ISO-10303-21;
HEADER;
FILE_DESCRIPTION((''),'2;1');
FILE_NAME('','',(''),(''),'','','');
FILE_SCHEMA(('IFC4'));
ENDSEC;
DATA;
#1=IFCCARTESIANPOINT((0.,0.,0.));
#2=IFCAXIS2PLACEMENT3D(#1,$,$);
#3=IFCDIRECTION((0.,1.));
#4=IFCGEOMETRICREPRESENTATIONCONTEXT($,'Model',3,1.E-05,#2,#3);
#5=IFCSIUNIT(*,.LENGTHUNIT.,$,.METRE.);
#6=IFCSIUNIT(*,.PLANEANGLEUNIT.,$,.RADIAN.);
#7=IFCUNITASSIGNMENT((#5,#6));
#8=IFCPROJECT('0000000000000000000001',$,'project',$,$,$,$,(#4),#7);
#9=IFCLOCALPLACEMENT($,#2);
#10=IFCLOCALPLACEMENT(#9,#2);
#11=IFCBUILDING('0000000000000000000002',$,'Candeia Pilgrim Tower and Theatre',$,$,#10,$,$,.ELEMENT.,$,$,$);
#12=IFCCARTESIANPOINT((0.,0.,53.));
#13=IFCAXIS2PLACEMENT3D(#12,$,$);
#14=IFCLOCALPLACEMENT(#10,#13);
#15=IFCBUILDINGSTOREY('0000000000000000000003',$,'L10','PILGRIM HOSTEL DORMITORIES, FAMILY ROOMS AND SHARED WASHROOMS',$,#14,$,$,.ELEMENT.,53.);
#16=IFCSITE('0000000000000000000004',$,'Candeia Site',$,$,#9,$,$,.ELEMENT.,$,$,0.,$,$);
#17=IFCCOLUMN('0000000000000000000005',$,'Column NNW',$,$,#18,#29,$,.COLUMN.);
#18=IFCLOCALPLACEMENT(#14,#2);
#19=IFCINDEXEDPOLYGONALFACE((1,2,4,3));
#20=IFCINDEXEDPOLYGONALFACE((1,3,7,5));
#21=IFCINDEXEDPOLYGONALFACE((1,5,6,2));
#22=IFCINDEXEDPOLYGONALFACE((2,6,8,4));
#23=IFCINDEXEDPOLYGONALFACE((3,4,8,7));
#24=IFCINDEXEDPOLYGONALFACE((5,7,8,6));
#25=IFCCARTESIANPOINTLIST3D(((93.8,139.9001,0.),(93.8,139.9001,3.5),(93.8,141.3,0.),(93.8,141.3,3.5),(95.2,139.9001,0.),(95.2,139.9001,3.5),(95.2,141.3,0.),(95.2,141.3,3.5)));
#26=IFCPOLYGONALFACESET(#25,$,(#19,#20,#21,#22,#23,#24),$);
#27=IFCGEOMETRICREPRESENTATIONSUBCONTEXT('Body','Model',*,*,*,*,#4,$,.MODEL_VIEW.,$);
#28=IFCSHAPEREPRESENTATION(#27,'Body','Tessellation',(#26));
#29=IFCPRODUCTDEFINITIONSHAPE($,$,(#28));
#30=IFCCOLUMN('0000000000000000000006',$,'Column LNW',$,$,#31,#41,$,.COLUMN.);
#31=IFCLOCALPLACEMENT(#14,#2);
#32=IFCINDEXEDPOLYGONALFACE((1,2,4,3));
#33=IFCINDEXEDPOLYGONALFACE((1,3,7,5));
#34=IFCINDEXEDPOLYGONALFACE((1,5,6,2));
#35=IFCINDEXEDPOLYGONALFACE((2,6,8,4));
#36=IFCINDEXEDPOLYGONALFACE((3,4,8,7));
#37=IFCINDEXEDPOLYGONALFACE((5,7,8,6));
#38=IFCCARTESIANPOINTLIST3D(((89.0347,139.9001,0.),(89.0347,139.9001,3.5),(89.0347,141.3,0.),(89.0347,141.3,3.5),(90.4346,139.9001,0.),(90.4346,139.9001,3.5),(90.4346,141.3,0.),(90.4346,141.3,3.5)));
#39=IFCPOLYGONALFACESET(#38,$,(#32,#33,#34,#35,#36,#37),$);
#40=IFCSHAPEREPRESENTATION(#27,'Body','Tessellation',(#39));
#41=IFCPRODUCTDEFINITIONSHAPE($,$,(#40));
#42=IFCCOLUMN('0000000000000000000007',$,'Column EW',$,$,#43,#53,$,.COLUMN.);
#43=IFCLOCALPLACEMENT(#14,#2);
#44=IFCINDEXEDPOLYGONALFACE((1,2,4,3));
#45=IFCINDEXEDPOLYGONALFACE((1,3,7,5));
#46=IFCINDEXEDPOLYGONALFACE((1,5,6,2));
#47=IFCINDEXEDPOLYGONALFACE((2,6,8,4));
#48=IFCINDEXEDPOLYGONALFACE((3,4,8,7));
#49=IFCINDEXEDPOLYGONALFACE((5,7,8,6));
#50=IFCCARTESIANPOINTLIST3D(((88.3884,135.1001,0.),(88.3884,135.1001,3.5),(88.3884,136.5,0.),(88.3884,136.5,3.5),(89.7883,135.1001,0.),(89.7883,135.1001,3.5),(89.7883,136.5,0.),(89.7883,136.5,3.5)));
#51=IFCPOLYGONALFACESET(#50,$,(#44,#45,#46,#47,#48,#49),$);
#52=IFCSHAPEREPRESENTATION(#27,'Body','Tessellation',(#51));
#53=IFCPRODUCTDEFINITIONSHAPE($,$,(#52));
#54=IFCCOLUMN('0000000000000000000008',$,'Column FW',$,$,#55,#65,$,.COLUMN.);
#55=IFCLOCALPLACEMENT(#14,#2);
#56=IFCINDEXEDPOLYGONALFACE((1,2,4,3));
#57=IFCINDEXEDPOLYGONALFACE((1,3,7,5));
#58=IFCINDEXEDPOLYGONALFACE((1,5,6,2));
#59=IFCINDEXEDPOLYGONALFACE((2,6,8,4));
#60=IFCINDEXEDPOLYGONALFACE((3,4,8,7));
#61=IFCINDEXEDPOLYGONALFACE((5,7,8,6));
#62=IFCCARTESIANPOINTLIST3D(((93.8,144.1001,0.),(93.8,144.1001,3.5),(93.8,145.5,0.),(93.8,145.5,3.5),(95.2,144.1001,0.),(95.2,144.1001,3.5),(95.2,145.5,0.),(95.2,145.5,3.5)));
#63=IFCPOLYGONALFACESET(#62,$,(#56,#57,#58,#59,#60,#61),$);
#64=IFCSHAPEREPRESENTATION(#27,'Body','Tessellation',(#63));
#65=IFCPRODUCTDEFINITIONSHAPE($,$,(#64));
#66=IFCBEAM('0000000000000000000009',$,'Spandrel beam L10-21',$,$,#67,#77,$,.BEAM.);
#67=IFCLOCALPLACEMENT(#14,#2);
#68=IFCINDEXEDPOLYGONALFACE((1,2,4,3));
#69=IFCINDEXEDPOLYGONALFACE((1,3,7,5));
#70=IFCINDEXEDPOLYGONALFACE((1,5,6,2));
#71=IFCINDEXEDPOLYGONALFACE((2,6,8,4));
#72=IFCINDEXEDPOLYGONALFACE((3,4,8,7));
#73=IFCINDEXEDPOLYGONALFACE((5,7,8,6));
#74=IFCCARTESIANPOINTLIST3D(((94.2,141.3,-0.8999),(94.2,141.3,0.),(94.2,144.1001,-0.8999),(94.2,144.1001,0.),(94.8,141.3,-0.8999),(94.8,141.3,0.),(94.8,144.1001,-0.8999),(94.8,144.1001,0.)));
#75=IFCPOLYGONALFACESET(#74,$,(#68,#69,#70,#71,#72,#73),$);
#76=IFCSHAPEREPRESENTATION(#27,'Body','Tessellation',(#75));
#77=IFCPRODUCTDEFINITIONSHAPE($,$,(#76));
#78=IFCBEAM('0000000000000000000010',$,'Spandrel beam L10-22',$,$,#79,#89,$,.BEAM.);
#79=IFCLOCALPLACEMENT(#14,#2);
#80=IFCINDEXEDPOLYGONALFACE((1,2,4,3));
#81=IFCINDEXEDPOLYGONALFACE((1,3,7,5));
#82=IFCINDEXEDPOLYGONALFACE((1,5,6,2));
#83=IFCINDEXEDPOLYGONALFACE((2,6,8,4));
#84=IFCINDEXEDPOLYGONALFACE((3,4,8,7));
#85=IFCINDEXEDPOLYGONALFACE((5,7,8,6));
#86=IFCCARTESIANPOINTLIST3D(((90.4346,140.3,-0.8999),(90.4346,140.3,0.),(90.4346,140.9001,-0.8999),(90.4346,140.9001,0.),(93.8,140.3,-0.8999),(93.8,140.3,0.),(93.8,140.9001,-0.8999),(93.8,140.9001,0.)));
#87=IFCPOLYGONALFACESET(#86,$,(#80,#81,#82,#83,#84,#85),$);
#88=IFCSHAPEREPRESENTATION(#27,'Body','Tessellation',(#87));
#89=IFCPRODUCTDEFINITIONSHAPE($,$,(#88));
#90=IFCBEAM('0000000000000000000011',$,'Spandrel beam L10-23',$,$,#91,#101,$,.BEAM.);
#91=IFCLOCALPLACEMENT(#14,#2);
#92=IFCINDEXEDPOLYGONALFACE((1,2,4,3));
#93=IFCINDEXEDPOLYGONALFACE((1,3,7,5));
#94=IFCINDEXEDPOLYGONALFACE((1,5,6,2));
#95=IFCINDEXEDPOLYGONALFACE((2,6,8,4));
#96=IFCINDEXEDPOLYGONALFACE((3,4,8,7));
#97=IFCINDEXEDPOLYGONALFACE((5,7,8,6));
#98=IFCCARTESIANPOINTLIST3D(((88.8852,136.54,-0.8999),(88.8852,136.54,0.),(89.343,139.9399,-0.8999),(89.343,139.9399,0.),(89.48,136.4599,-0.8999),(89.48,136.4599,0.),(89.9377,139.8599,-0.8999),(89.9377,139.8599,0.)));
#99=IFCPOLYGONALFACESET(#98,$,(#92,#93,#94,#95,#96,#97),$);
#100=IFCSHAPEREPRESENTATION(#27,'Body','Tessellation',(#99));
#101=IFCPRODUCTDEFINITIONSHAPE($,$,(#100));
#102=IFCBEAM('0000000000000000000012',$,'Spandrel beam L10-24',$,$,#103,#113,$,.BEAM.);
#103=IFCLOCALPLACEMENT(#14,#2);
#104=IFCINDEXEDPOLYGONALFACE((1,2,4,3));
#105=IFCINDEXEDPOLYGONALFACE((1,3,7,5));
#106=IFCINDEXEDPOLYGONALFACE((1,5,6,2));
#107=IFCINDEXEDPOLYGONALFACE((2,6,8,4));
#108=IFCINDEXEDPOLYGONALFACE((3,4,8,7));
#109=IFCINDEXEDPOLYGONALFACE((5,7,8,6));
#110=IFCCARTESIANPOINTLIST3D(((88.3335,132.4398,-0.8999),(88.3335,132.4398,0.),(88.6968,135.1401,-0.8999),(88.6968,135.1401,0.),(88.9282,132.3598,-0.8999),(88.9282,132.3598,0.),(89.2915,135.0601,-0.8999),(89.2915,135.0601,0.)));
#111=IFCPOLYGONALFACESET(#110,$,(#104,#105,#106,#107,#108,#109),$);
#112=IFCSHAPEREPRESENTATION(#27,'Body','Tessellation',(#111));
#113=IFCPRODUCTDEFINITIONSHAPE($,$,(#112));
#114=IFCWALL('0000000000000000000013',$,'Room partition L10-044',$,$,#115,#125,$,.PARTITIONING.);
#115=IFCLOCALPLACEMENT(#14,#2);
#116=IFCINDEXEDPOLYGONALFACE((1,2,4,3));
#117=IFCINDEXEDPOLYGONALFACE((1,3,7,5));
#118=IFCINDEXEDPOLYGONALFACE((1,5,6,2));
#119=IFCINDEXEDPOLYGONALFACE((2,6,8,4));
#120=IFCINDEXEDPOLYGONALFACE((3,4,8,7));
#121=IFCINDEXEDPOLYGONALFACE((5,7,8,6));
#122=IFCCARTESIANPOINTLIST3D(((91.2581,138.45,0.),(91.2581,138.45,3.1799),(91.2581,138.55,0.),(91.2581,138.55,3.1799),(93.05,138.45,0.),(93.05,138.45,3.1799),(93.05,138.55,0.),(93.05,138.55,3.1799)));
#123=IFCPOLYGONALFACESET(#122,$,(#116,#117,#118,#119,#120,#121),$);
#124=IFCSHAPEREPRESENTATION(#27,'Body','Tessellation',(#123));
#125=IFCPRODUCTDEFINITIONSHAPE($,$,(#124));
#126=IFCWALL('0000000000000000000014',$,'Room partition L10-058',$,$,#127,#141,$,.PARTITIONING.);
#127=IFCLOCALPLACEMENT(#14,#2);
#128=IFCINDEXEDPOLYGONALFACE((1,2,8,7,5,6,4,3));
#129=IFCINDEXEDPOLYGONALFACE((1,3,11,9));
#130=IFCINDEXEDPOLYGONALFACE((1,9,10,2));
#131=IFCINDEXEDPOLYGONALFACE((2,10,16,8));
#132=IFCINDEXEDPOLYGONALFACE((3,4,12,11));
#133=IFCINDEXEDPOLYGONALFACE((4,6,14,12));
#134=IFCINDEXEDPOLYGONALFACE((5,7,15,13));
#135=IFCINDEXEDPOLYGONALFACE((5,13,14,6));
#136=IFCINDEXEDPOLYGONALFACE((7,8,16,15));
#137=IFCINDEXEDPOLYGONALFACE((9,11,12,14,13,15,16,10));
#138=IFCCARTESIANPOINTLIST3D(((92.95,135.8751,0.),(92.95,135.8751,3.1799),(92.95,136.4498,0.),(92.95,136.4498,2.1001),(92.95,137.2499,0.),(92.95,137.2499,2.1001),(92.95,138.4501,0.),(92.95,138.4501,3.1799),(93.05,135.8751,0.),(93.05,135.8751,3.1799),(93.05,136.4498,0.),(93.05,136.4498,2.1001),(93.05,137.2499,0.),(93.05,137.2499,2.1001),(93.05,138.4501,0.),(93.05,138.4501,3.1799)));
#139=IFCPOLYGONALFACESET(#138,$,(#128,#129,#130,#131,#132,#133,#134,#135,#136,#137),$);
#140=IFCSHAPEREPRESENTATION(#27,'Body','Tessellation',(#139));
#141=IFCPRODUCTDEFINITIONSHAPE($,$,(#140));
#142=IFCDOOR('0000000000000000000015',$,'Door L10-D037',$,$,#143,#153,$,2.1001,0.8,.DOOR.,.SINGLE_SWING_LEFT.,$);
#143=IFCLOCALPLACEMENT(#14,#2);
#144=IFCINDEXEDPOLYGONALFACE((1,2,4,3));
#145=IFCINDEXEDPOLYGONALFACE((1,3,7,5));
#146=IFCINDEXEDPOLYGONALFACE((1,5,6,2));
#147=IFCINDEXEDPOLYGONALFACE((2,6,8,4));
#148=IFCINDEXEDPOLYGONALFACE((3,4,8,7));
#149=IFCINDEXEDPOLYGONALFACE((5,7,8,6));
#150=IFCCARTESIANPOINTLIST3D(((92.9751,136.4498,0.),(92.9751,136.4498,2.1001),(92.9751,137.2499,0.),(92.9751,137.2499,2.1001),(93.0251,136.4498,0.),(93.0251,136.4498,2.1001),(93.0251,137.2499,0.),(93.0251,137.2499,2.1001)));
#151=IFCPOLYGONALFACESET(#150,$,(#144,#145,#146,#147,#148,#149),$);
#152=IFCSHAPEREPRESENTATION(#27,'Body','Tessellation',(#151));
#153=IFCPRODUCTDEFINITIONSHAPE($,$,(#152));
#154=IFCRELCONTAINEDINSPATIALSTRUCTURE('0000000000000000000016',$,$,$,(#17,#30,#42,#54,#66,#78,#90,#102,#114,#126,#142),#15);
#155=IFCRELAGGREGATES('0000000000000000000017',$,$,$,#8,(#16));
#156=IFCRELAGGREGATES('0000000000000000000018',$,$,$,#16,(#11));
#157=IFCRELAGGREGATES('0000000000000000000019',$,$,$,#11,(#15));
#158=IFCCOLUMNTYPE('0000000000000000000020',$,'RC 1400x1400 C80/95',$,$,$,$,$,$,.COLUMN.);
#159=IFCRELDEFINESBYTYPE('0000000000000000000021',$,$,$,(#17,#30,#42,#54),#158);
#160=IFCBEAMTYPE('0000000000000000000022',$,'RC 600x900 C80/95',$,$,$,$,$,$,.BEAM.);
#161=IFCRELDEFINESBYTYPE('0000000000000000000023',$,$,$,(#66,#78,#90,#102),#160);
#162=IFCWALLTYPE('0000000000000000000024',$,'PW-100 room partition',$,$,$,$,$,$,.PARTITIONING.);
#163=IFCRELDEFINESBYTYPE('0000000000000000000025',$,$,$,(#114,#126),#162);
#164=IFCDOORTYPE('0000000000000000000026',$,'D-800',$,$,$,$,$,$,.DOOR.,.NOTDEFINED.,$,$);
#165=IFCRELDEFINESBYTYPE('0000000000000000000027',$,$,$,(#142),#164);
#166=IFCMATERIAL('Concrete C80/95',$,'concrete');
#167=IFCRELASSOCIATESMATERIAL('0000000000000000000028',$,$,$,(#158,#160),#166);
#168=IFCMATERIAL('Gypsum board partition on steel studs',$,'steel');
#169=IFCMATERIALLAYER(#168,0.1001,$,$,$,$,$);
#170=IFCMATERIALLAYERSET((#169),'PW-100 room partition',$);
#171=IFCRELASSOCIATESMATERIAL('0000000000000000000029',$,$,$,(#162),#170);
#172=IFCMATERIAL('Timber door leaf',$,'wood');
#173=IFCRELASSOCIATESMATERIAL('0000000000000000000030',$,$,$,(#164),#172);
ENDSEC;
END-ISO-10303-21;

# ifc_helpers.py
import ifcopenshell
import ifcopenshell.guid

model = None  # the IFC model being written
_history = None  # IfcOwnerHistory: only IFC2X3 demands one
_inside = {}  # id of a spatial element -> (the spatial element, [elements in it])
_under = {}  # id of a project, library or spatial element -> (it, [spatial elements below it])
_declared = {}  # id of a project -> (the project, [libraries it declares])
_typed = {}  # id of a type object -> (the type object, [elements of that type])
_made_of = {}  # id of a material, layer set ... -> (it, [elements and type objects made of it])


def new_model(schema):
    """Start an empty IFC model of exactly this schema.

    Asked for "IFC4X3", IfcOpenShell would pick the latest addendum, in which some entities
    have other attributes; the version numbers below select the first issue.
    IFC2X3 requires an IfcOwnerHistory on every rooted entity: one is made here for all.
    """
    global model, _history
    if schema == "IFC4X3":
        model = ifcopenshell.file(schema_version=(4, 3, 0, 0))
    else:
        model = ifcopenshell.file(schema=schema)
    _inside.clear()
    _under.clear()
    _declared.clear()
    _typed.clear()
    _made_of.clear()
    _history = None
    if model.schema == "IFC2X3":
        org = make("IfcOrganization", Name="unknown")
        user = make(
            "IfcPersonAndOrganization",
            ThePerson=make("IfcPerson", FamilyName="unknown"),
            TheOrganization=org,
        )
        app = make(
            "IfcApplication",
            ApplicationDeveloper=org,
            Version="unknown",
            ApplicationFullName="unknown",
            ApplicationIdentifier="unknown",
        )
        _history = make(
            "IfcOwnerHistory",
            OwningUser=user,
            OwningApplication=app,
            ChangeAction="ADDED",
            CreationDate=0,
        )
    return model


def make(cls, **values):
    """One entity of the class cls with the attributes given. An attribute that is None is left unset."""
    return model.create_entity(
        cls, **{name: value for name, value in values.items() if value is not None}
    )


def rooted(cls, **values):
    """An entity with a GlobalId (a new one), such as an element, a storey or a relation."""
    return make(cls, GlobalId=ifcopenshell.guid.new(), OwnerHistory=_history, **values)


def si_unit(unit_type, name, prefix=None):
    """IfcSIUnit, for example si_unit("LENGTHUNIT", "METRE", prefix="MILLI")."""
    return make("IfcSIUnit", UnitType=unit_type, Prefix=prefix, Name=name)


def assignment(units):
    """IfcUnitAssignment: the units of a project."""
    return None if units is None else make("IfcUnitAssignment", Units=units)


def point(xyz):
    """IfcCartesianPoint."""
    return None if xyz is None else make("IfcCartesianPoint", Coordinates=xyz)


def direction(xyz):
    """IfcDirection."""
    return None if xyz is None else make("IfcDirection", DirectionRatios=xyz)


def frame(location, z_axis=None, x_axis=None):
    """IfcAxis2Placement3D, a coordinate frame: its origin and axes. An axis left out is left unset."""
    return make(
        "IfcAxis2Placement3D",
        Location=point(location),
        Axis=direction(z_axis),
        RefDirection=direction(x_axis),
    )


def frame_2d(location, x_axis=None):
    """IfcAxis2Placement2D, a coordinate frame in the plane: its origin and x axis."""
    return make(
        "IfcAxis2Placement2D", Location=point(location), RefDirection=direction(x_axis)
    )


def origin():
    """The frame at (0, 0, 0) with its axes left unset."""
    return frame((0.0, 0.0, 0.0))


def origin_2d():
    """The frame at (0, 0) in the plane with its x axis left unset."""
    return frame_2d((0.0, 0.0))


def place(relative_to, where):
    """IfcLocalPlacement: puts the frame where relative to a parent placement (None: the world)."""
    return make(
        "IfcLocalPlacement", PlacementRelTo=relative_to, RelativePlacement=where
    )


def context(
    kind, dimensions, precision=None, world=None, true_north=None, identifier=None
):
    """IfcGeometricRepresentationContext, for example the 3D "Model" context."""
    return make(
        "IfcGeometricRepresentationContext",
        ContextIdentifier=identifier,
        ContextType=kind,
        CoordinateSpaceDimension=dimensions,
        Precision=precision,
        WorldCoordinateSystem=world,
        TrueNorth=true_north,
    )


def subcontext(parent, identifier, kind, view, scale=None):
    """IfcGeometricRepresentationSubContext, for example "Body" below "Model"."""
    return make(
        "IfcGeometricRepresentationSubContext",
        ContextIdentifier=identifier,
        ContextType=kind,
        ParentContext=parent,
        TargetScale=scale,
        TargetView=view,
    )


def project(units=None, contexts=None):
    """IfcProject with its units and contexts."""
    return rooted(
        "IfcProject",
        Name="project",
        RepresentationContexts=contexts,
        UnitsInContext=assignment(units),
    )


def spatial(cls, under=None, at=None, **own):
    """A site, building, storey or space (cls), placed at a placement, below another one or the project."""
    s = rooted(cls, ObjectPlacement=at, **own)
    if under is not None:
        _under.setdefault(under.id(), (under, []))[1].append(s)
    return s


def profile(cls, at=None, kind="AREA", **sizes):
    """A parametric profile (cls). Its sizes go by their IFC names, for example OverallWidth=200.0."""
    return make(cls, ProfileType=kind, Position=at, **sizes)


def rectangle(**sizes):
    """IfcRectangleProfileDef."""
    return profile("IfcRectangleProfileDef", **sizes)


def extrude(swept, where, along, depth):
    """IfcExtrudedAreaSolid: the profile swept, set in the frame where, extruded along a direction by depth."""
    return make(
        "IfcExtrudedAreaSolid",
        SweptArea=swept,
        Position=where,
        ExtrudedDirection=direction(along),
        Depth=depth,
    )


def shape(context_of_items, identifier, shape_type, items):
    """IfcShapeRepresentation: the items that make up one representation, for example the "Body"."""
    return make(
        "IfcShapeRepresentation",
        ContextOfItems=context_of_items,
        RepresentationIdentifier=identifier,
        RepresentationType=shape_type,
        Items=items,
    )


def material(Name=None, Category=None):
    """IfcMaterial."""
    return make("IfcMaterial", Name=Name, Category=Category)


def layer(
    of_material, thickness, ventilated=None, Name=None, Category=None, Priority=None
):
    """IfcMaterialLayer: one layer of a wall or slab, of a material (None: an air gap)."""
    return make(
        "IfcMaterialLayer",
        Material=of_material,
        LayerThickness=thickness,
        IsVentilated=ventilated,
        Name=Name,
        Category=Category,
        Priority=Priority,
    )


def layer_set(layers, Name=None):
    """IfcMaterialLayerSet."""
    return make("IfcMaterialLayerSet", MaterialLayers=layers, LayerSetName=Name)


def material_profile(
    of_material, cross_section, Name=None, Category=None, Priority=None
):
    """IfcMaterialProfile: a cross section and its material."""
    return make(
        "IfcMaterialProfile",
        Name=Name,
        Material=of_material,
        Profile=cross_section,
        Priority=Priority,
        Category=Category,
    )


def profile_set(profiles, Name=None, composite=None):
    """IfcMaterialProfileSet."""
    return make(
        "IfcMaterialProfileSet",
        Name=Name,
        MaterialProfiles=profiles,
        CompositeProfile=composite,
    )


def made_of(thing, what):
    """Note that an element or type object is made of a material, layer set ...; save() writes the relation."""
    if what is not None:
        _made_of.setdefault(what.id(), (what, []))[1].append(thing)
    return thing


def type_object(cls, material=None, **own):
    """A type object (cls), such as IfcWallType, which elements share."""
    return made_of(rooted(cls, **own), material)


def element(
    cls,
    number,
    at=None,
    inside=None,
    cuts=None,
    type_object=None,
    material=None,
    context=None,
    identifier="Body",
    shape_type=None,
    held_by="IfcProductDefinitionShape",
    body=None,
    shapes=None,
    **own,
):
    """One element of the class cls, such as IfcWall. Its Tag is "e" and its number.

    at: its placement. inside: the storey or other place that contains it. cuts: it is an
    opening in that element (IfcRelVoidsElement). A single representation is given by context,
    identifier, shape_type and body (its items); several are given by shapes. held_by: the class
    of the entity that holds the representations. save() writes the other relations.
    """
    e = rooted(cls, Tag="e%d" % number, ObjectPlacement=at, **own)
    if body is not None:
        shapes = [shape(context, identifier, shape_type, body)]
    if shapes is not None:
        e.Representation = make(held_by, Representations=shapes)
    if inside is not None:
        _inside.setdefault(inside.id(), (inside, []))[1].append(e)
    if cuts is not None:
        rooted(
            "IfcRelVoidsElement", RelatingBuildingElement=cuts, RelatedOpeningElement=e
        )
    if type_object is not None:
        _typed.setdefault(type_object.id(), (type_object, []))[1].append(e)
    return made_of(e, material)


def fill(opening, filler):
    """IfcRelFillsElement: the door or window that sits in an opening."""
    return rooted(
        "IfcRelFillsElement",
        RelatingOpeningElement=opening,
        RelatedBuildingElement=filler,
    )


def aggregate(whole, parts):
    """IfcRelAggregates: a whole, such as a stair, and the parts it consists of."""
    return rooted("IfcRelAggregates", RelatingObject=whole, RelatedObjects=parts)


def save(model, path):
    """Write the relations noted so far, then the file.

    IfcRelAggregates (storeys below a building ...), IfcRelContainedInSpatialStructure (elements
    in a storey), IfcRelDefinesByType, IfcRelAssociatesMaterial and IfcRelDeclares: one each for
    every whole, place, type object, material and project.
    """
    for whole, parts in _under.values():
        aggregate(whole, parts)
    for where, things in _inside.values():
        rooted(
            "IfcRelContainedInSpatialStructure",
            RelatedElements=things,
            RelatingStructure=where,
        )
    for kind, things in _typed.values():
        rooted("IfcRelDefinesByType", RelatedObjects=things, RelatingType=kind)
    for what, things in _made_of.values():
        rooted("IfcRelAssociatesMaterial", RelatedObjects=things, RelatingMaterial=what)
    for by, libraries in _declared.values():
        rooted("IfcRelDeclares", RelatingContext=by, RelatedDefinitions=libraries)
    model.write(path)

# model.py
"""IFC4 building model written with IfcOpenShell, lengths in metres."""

from ifc_helpers import new_model, si_unit, direction, frame, frame_2d, origin, origin_2d, place, context, subcontext, project, spatial, rectangle, extrude, material, layer, layer_set, material_profile, profile_set, type_object, element, fill, save


model = new_model("IFC4")

# Units and contexts
model_context = context("Model", 3, precision=1e-05, world=origin(), true_north=direction((0.0, 1.0)))
body_context = subcontext(model_context, "Body", "Model", "MODEL_VIEW")
ifc_project = project(units=[si_unit("LENGTHUNIT", "METRE"), si_unit("PLANEANGLEUNIT", "RADIAN")], contexts=[model_context])

# Site, building, storey
site_placement = place(None, origin())
site = spatial("IfcSite", under=ifc_project, at=site_placement, Name="Candeia Site", CompositionType="ELEMENT", RefElevation=0.0)
building_placement = place(site_placement, origin())
building = spatial("IfcBuilding", under=site, at=building_placement, Name="Candeia Pilgrim Tower and Theatre", CompositionType="ELEMENT")
storey_placement = place(building_placement, frame((0.0, 0.0, 53.0)))
storey = spatial("IfcBuildingStorey", under=building, at=storey_placement, Name="L10", Description="PILGRIM HOSTEL DORMITORIES, FAMILY ROOMS AND SHARED WASHROOMS", CompositionType="ELEMENT", Elevation=53.0)

# Columns
ifc_material_1 = material(Name="Concrete C80/95", Category="concrete")
ifc_material_profile_1 = material_profile(ifc_material_1, rectangle(XDim=1.3999, YDim=1.3999, at=origin_2d()))
ifc_profile_set_1 = profile_set([ifc_material_profile_1], Name="Concrete C80/95")
column_type = type_object("IfcColumnType", Name="RC 1400x1400 C80/95", PredefinedType="COLUMN", material=ifc_profile_set_1)
for number, where, z_axis, x_axis, name in (
    (1, (94.5, 140.6001, 0.0), (0.0, 0.0, 1.0), (1.0, 0.0, 0.0), "Column NNW"),
    (2, (89.7346, 140.6001, 0.0), (0.0, 0.0, 1.0), (1.0, 0.0, 0.0), "Column LNW"),
    (3, (89.0884, 135.8, 0.0), (0.0, 0.0, 1.0), (1.0, 0.0, 0.0), "Column EW"),
    (4, (94.5, 144.8, 0.0), (0.0, 0.0, 1.0), (1.0, 0.0, 0.0), "Column FW"),
):
    element("IfcColumn", number, at=place(storey_placement, frame(where, z_axis=z_axis, x_axis=x_axis)), inside=storey, type_object=column_type, Name=name, PredefinedType="COLUMN", context=body_context, shape_type="SweptSolid", body=[
        extrude(rectangle(XDim=1.3999, YDim=1.3999, at=origin_2d()), origin(), (0.0, 0.0, 1.0), 3.5),
    ])

# Beams
ifc_material_profile_2 = material_profile(ifc_material_1, rectangle(XDim=0.6001, YDim=0.8999, at=origin_2d()))
ifc_profile_set_2 = profile_set([ifc_material_profile_2], Name="Concrete C80/95")
beam_type = type_object("IfcBeamType", Name="RC 600x900 C80/95", PredefinedType="BEAM", material=ifc_profile_set_2)
beam_1_placement = place(storey_placement, frame((94.5, 144.1001, -0.45), z_axis=(0.0, -1.0, 0.0), x_axis=(1.0, 0.0, 0.0)))
element("IfcBeam", 5, at=beam_1_placement, inside=storey, type_object=beam_type, Name="Spandrel beam L10-21", PredefinedType="BEAM", context=body_context, shape_type="SweptSolid", body=[
    extrude(rectangle(XDim=0.6001, YDim=0.8999, at=origin_2d()), origin(), (0.0, 0.0, 1.0), 2.8),
])
beam_2_placement = place(storey_placement, frame((93.8, 140.6001, -0.45), z_axis=(-1.0, 0.0, 0.0), x_axis=(0.0, -1.0, 0.0)))
element("IfcBeam", 6, at=beam_2_placement, inside=storey, type_object=beam_type, Name="Spandrel beam L10-22", PredefinedType="BEAM", context=body_context, shape_type="SweptSolid", body=[
    extrude(rectangle(XDim=0.6001, YDim=0.8999, at=origin_2d()), origin(), (0.0, 0.0, 1.0), 3.3655),
])
beam_3_placement = place(storey_placement, frame((89.6404, 139.8999, -0.45), z_axis=(-0.133436, -0.991057, 0.0), x_axis=(0.991057, -0.133436, 0.0)))
element("IfcBeam", 7, at=beam_3_placement, inside=storey, type_object=beam_type, Name="Spandrel beam L10-23", PredefinedType="BEAM", context=body_context, shape_type="SweptSolid", body=[
    extrude(rectangle(XDim=0.6001, YDim=0.8999, at=origin_2d()), origin(), (0.0, 0.0, 1.0), 3.4307),
])
beam_4_placement = place(storey_placement, frame((88.9941, 135.1001, -0.45), z_axis=(-0.133338, -0.991071, 0.0), x_axis=(0.991071, -0.133338, 0.0)))
element("IfcBeam", 8, at=beam_4_placement, inside=storey, type_object=beam_type, Name="Spandrel beam L10-24", PredefinedType="BEAM", context=body_context, shape_type="SweptSolid", body=[
    extrude(rectangle(XDim=0.6001, YDim=0.8999, at=origin_2d()), origin(), (0.0, 0.0, 1.0), 2.7246),
])

# Wall
ifc_material_2 = material(Name="Gypsum board partition on steel studs", Category="steel")
ifc_layer_1 = layer(ifc_material_2, 0.1001)
ifc_layer_set_1 = layer_set([ifc_layer_1], Name="PW-100 room partition")
wall_type_1 = type_object("IfcWallType", Name="PW-100 room partition", PredefinedType="PARTITIONING", material=ifc_layer_set_1)
wall_1_placement = place(storey_placement, frame((91.2581, 138.5, 0.0), z_axis=(0.0, 0.0, 1.0), x_axis=(1.0, 0.0, 0.0)))
element("IfcWall", 9, at=wall_1_placement, inside=storey, type_object=wall_type_1, Name="Room partition L10-044", PredefinedType="PARTITIONING", context=body_context, shape_type="SweptSolid", body=[
    extrude(rectangle(XDim=1.792, YDim=0.1001, at=frame_2d((0.896, 0.0))), origin(), (0.0, 0.0, 1.0), 3.1799),
])

# Wall, opening, door
wall_2_placement = place(storey_placement, frame((93.0, 135.875, 0.0), z_axis=(0.0, 0.0, 1.0), x_axis=(0.0, 1.0, 0.0)))
wall_2 = element("IfcWall", 10, at=wall_2_placement, inside=storey, type_object=wall_type_1, Name="Room partition L10-058", PredefinedType="PARTITIONING", context=body_context, shape_type="SweptSolid", body=[
    extrude(rectangle(XDim=2.575, YDim=0.1001, at=frame_2d((1.2876, 0.0))), origin(), (0.0, 0.0, 1.0), 3.1799),
])
opening_1_placement = place(wall_2_placement, frame((0.575, 0.0, 0.0)))
opening_1 = element("IfcOpeningElement", 11, at=opening_1_placement, cuts=wall_2, PredefinedType="OPENING", context=body_context, shape_type="SweptSolid", body=[
    extrude(rectangle(XDim=0.8, YDim=2.1001, at=frame_2d((0.3999, 1.05))), frame((0.0, 0.0601, 0.0), z_axis=(0.0, -1.0, 0.0), x_axis=(1.0, 0.0, 0.0)), (0.0, 0.0, 1.0), 0.1201),
])
ifc_material_3 = material(Name="Timber door leaf", Category="wood")
door_type_1 = type_object("IfcDoorType", Name="D-800", OperationType="NOTDEFINED", PredefinedType="DOOR", material=ifc_material_3)
door_1_placement = place(opening_1_placement, origin())
door_1 = element("IfcDoor", 12, at=door_1_placement, inside=storey, type_object=door_type_1, Name="Door L10-D037", OperationType="SINGLE_SWING_LEFT", OverallHeight=2.1001, OverallWidth=0.8, PredefinedType="DOOR", context=body_context, shape_type="SweptSolid", body=[
    extrude(rectangle(XDim=0.8, YDim=2.1001, at=frame_2d((0.3999, 1.05))), frame((0.0, 0.0249, 0.0), z_axis=(0.0, -1.0, 0.0), x_axis=(1.0, 0.0, 0.0)), (0.0, 0.0, 1.0), 0.05),
])
fill(opening_1, door_1)

save(model, "model.ifc")
